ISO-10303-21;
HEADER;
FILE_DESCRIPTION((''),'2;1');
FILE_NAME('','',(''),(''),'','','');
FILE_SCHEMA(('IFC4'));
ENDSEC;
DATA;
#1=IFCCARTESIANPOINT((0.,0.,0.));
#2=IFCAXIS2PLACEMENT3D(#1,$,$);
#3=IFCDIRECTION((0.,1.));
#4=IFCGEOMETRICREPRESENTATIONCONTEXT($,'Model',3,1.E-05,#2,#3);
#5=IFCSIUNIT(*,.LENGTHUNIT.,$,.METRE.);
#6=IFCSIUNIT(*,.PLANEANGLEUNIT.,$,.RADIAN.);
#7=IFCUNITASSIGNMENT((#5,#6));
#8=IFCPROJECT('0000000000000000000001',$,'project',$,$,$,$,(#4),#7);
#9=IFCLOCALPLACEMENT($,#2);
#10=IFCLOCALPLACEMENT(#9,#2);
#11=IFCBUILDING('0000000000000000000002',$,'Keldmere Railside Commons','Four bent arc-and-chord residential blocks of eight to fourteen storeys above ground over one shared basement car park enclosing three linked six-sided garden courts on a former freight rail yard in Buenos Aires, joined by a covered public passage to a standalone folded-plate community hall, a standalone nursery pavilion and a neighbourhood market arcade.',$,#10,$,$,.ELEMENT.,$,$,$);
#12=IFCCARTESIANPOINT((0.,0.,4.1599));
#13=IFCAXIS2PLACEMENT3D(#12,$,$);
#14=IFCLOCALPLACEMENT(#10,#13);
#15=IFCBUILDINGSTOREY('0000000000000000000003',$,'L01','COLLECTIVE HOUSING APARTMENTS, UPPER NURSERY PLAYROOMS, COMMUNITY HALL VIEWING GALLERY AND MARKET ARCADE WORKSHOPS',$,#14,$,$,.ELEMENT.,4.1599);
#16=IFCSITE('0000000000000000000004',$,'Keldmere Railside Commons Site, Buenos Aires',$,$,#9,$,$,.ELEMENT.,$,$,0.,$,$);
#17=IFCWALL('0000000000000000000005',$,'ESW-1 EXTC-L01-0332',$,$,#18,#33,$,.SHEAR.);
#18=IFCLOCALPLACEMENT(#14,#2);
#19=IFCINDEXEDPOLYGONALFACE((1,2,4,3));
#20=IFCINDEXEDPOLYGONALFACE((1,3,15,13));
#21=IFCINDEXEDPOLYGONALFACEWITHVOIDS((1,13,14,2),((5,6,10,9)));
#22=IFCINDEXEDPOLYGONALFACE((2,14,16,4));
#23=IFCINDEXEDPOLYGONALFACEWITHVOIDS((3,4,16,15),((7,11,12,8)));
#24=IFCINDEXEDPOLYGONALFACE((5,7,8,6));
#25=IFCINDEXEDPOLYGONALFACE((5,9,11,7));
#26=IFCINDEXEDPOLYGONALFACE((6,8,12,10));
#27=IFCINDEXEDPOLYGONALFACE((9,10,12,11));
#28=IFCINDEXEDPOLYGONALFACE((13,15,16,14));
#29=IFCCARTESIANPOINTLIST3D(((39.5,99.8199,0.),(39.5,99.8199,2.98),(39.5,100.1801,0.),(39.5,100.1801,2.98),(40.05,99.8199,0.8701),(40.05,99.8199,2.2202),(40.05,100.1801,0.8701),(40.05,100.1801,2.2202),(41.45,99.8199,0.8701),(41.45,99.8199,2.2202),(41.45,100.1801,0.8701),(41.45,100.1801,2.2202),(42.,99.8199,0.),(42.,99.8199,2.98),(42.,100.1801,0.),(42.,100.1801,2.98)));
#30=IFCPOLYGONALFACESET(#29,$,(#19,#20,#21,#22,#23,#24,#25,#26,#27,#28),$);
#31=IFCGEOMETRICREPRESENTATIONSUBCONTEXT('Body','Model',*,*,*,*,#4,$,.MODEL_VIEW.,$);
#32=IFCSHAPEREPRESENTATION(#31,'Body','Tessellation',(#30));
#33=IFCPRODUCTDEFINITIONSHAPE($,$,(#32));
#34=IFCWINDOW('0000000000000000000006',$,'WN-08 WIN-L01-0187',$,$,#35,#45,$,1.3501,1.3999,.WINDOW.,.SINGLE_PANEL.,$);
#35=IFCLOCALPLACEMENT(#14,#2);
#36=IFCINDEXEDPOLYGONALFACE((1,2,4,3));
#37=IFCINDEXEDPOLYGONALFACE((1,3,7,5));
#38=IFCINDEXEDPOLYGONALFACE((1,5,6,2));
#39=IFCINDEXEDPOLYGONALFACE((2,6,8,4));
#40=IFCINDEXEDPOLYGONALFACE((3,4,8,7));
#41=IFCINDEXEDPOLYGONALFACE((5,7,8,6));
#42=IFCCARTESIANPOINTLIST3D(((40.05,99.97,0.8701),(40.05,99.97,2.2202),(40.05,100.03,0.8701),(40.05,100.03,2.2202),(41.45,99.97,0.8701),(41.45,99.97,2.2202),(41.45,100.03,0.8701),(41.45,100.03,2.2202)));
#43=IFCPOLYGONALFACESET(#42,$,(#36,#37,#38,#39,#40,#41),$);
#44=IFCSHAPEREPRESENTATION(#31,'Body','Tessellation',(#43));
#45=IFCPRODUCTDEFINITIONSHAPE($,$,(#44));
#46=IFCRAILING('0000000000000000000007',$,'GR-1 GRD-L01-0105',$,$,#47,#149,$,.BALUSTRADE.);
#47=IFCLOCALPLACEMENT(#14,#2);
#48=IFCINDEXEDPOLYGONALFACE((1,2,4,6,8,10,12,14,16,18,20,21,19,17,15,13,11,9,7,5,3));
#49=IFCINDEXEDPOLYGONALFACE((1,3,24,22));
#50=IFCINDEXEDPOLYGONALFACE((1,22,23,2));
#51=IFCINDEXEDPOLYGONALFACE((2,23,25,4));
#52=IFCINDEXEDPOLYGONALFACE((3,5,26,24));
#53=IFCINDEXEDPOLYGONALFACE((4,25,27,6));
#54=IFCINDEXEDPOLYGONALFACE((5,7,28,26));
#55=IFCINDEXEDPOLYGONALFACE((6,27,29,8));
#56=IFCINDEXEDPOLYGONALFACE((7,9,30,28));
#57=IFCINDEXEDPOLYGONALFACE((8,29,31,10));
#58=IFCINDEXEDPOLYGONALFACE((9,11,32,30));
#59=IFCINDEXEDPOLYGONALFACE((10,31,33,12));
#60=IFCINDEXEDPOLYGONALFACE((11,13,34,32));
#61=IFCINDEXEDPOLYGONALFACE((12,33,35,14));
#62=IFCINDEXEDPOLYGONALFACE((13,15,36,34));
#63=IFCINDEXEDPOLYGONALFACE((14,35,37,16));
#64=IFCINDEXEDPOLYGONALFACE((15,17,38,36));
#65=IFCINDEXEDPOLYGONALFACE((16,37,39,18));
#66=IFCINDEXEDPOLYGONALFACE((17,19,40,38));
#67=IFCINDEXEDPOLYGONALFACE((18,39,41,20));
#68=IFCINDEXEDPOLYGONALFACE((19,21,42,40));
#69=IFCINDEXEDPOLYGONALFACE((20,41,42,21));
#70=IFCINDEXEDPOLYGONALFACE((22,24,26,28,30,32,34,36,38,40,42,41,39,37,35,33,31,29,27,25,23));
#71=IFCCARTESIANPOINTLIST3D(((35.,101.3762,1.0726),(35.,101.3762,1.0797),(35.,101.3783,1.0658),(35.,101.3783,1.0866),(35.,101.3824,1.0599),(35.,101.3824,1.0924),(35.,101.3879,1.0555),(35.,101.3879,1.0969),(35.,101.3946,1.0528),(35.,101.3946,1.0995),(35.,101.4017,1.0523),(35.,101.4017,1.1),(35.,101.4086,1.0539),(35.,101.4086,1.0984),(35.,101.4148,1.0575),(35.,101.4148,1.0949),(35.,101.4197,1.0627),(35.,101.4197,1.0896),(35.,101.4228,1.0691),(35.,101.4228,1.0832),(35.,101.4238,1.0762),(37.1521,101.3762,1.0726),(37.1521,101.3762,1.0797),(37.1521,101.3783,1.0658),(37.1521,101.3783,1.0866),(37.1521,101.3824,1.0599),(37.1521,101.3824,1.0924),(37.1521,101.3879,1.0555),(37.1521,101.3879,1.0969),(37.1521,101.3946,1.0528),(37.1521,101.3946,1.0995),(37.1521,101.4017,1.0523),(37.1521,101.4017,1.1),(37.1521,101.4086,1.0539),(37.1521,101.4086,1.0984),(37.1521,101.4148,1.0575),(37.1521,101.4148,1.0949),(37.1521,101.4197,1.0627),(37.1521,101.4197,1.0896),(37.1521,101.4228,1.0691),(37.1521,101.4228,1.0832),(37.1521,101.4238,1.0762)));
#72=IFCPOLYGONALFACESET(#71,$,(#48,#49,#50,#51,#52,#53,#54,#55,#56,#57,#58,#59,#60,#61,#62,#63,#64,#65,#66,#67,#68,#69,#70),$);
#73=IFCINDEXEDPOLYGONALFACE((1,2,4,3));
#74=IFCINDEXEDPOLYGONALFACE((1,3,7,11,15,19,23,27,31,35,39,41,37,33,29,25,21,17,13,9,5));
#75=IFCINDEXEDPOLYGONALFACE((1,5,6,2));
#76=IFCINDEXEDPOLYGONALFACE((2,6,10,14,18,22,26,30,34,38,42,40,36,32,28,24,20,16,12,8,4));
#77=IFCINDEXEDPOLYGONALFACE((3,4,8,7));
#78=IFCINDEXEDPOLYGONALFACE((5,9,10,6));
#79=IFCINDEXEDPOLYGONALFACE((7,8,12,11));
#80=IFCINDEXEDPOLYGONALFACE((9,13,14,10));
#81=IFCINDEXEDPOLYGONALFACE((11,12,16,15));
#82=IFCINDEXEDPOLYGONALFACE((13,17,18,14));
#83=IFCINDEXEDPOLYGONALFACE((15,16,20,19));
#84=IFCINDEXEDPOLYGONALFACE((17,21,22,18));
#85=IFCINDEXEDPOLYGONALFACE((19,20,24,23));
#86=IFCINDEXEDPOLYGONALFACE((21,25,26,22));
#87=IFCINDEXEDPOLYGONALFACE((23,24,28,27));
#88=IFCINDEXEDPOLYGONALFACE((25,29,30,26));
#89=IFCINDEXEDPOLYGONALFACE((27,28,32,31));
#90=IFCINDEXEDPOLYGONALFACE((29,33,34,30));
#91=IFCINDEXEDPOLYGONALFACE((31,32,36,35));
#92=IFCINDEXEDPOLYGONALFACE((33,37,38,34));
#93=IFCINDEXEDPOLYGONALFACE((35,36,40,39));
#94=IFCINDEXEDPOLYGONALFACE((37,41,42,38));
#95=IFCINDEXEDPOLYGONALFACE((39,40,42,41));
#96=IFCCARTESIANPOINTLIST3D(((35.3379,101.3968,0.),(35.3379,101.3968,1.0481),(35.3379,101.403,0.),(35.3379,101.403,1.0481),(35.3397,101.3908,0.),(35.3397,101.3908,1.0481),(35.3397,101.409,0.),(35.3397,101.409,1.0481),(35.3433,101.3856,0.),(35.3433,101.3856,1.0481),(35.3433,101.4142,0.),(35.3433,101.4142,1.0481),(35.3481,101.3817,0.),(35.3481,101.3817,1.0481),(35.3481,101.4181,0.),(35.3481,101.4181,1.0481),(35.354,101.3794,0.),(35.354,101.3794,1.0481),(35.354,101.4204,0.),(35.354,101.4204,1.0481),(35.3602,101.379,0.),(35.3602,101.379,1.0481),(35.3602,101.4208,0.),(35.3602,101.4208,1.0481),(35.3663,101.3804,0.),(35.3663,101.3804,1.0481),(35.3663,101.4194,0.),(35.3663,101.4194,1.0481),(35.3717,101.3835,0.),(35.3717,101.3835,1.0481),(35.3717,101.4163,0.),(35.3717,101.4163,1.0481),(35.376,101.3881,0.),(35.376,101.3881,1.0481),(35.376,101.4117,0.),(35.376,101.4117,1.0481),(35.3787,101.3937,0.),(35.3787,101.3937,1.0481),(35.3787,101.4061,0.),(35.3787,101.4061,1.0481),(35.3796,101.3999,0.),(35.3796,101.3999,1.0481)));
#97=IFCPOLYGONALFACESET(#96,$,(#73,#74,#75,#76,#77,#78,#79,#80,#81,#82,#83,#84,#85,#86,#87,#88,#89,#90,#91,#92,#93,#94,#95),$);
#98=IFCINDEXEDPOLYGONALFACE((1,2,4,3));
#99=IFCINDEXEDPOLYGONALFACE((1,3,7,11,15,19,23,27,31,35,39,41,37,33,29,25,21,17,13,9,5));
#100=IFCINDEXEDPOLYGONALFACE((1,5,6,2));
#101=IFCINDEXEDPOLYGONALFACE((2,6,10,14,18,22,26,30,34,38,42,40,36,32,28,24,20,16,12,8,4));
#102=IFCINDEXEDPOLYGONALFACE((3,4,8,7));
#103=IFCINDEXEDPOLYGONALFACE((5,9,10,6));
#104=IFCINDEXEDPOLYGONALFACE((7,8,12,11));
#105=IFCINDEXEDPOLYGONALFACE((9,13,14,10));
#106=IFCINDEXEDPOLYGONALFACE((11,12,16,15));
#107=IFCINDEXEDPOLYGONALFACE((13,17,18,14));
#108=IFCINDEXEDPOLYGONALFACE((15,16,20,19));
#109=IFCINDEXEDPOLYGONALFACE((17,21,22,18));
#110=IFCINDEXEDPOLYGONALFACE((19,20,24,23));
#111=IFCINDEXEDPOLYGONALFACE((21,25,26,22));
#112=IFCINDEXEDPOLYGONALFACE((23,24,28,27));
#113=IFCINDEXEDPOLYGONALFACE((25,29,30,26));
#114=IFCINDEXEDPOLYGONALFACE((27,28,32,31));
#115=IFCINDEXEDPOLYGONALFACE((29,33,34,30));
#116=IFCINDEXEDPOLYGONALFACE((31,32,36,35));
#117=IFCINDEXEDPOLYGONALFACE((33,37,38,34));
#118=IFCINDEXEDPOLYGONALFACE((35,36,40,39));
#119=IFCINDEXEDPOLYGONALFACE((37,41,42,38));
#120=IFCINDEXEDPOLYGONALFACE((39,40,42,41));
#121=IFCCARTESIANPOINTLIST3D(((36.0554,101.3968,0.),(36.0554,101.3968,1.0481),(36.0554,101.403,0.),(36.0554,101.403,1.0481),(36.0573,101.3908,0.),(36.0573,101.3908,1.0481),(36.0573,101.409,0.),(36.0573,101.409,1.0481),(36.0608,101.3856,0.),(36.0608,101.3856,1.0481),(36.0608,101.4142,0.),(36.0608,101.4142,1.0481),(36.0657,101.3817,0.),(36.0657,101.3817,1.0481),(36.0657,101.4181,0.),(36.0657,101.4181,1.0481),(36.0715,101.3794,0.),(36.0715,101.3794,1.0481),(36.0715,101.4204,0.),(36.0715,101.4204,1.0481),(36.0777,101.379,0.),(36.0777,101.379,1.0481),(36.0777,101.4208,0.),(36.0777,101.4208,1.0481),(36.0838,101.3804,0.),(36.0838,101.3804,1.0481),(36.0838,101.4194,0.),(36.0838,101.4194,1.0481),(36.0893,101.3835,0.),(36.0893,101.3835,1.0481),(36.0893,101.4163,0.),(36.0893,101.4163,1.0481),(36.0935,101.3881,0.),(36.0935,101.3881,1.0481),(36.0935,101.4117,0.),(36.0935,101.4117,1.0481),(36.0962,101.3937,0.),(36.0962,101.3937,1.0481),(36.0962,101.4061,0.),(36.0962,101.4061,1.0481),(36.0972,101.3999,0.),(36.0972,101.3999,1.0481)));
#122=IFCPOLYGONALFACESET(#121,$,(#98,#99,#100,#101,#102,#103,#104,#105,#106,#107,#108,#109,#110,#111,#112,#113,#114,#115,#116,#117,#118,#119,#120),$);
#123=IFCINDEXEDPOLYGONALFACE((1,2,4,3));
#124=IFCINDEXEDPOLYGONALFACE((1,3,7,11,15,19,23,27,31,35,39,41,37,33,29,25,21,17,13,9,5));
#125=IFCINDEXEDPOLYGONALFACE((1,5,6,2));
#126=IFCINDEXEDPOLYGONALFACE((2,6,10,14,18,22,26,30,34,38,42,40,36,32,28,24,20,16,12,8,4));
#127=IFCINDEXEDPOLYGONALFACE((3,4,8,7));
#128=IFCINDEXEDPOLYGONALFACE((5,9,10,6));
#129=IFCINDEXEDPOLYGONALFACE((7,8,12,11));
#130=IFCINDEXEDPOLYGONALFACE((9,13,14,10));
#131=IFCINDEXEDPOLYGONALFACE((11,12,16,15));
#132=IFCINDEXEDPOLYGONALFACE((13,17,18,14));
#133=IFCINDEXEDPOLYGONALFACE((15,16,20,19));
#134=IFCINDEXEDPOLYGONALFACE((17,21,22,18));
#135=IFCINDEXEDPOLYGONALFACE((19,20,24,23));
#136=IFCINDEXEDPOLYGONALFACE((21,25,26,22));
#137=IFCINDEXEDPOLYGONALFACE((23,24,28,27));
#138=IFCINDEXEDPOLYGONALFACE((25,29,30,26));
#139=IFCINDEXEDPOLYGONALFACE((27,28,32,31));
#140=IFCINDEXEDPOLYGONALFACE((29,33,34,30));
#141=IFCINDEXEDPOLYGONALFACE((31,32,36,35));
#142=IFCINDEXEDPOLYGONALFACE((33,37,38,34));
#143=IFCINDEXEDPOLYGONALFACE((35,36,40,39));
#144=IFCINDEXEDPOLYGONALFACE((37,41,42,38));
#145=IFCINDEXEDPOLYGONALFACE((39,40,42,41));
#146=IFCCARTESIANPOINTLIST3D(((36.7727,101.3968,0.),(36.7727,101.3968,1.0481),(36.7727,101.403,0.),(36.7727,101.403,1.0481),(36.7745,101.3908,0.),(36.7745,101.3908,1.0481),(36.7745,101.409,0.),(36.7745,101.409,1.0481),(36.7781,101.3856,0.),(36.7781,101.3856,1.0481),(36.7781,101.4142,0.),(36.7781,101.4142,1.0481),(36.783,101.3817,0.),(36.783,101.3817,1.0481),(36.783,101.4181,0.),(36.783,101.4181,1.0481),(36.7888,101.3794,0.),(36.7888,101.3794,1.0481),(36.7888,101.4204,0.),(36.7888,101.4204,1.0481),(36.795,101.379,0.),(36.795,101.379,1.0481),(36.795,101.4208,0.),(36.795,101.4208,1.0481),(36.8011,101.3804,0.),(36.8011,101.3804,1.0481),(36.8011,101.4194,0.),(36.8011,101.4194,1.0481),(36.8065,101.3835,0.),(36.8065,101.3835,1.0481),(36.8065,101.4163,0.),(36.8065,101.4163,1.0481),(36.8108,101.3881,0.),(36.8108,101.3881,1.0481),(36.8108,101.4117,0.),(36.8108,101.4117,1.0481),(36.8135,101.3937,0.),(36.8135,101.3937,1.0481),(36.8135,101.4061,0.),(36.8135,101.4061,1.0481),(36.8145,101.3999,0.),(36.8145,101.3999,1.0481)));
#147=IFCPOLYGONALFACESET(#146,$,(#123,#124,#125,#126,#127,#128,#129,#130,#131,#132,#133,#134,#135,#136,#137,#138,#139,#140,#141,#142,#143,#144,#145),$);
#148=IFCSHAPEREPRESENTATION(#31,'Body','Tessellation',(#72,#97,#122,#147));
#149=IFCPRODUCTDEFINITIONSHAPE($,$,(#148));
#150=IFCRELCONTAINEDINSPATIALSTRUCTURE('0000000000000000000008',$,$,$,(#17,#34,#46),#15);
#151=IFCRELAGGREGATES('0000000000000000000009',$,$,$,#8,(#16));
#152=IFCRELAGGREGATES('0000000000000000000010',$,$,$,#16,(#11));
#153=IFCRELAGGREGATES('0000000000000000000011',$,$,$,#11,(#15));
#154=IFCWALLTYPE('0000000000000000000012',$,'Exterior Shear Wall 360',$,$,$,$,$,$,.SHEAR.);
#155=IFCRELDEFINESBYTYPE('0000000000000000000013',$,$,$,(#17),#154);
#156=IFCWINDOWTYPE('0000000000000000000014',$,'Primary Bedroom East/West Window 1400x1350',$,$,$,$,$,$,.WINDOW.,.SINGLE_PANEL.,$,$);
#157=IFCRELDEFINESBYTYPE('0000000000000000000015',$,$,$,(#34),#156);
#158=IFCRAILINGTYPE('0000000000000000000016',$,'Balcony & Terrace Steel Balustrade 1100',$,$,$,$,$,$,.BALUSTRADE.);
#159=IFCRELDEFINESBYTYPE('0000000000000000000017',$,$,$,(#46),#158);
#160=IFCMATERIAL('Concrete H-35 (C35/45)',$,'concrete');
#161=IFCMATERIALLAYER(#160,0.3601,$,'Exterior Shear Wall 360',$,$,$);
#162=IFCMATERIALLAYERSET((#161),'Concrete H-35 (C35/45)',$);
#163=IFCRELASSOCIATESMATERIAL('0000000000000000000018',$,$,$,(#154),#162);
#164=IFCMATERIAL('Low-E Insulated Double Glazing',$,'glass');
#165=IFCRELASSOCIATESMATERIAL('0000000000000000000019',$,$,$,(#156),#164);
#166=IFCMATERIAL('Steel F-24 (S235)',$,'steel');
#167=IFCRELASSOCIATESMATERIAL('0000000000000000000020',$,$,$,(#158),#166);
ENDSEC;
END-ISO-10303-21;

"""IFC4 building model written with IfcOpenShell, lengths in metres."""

from ifc_helpers import new_model, si_unit, direction, frame, frame_2d, origin, origin_2d, place, context, subcontext, project, spatial, rectangle, circle, extrude, material, layer, layer_set, type_object, element, fill, save


model = new_model("IFC4")

# Units and contexts
model_context = context("Model", 3, precision=1e-05, world=origin(), true_north=direction((0.0, 1.0)))
body_context = subcontext(model_context, "Body", "Model", "MODEL_VIEW")
ifc_project = project(units=[si_unit("LENGTHUNIT", "METRE"), si_unit("PLANEANGLEUNIT", "RADIAN")], contexts=[model_context])

# Site, building, storey
site_placement = place(None, origin())
site = spatial("IfcSite", under=ifc_project, at=site_placement, Name="Keldmere Railside Commons Site, Buenos Aires", CompositionType="ELEMENT", RefElevation=0.0)
building_placement = place(site_placement, origin())
building = spatial("IfcBuilding", under=site, at=building_placement, Name="Keldmere Railside Commons", Description="Four bent arc-and-chord residential blocks of eight to fourteen storeys above ground over one shared basement car park enclosing three linked six-sided garden courts on a former freight rail yard in Buenos Aires, joined by a covered public passage to a standalone folded-plate community hall, a standalone nursery pavilion and a neighbourhood market arcade.", CompositionType="ELEMENT")
storey_placement = place(building_placement, frame((0.0, 0.0, 4.1599)))
storey = spatial("IfcBuildingStorey", under=building, at=storey_placement, Name="L01", Description="COLLECTIVE HOUSING APARTMENTS, UPPER NURSERY PLAYROOMS, COMMUNITY HALL VIEWING GALLERY AND MARKET ARCADE WORKSHOPS", CompositionType="ELEMENT", Elevation=4.1599)

# Shared definitions
ifc_material_1 = material(Name="Concrete H-35 (C35/45)", Category="concrete")
ifc_layer_1 = layer(ifc_material_1, 0.3601, Name="Exterior Shear Wall 360")
ifc_layer_set_1 = layer_set([ifc_layer_1], Name="Concrete H-35 (C35/45)")
wall_type_1 = type_object("IfcWallType", Name="Exterior Shear Wall 360", PredefinedType="SHEAR", material=ifc_layer_set_1)
ifc_material_2 = material(Name="Low-E Insulated Double Glazing", Category="glass")

# Wall, opening, window
wall_1_placement = place(storey_placement, frame((42.0, 100.0, 0.0), z_axis=(0.0, 0.0, 1.0), x_axis=(-1.0, 0.0, 0.0)))
wall_1 = element("IfcWall", 1, at=wall_1_placement, inside=storey, type_object=wall_type_1, Name="ESW-1 EXTC-L01-0332", PredefinedType="SHEAR", context=body_context, shape_type="SweptSolid", body=[
    extrude(rectangle(XDim=2.5, YDim=0.3601, at=frame_2d((1.25, 0.0))), origin(), (0.0, 0.0, 1.0), 2.98),
])
opening_1_placement = place(wall_1_placement, frame((0.55, 0.0, 0.8701)))
opening_1 = element("IfcOpeningElement", 2, at=opening_1_placement, cuts=wall_1, PredefinedType="OPENING", context=body_context, shape_type="SweptSolid", body=[
    extrude(rectangle(XDim=1.3999, YDim=1.3501, at=frame_2d((0.7, 0.675))), frame((0.0, 0.1899, 0.0), z_axis=(0.0, -1.0, 0.0), x_axis=(1.0, 0.0, 0.0)), (0.0, 0.0, 1.0), 0.3801),
])
window_type_1 = type_object("IfcWindowType", Name="Primary Bedroom East/West Window 1400x1350", PartitioningType="SINGLE_PANEL", PredefinedType="WINDOW", material=ifc_material_2)
window_1_placement = place(opening_1_placement, origin())
window_1 = element("IfcWindow", 3, at=window_1_placement, inside=storey, type_object=window_type_1, Name="WN-08 WIN-L01-0187", OverallHeight=1.3501, OverallWidth=1.3999, PartitioningType="SINGLE_PANEL", PredefinedType="WINDOW", context=body_context, shape_type="SweptSolid", body=[
    extrude(rectangle(XDim=1.3999, YDim=1.3501, at=frame_2d((0.7, 0.675))), frame((0.0, 0.03, 0.0), z_axis=(0.0, -1.0, 0.0), x_axis=(1.0, 0.0, 0.0)), (0.0, 0.0, 1.0), 0.0601),
])
fill(opening_1, window_1)

# Railing
ifc_material_3 = material(Name="Steel F-24 (S235)", Category="steel")
railing_type = type_object("IfcRailingType", Name="Balcony & Terrace Steel Balustrade 1100", PredefinedType="BALUSTRADE", material=ifc_material_3)
railing_1_placement = place(storey_placement, frame((35.0, 101.3999, 0.0)))
element("IfcRailing", 4, at=railing_1_placement, inside=storey, type_object=railing_type, Name="GR-1 GRD-L01-0105", PredefinedType="BALUSTRADE", context=body_context, shape_type="SweptSolid", body=[
    extrude(circle(Radius=0.0239, at=origin_2d()), frame((0.0, 0.0, 1.0762), z_axis=(1.0, 0.0, 0.0), x_axis=(0.0, 1.0, 0.0)), (0.0, 0.0, 1.0), 2.1521),
    extrude(circle(Radius=0.021, at=origin_2d()), frame((0.3586, 0.0, 0.0)), (0.0, 0.0, 1.0), 1.0481),
    extrude(circle(Radius=0.021, at=origin_2d()), frame((1.0762, 0.0, 0.0)), (0.0, 0.0, 1.0), 1.0481),
    extrude(circle(Radius=0.021, at=origin_2d()), frame((1.7935, 0.0, 0.0)), (0.0, 0.0, 1.0), 1.0481),
])

save(model, "model.ifc")
